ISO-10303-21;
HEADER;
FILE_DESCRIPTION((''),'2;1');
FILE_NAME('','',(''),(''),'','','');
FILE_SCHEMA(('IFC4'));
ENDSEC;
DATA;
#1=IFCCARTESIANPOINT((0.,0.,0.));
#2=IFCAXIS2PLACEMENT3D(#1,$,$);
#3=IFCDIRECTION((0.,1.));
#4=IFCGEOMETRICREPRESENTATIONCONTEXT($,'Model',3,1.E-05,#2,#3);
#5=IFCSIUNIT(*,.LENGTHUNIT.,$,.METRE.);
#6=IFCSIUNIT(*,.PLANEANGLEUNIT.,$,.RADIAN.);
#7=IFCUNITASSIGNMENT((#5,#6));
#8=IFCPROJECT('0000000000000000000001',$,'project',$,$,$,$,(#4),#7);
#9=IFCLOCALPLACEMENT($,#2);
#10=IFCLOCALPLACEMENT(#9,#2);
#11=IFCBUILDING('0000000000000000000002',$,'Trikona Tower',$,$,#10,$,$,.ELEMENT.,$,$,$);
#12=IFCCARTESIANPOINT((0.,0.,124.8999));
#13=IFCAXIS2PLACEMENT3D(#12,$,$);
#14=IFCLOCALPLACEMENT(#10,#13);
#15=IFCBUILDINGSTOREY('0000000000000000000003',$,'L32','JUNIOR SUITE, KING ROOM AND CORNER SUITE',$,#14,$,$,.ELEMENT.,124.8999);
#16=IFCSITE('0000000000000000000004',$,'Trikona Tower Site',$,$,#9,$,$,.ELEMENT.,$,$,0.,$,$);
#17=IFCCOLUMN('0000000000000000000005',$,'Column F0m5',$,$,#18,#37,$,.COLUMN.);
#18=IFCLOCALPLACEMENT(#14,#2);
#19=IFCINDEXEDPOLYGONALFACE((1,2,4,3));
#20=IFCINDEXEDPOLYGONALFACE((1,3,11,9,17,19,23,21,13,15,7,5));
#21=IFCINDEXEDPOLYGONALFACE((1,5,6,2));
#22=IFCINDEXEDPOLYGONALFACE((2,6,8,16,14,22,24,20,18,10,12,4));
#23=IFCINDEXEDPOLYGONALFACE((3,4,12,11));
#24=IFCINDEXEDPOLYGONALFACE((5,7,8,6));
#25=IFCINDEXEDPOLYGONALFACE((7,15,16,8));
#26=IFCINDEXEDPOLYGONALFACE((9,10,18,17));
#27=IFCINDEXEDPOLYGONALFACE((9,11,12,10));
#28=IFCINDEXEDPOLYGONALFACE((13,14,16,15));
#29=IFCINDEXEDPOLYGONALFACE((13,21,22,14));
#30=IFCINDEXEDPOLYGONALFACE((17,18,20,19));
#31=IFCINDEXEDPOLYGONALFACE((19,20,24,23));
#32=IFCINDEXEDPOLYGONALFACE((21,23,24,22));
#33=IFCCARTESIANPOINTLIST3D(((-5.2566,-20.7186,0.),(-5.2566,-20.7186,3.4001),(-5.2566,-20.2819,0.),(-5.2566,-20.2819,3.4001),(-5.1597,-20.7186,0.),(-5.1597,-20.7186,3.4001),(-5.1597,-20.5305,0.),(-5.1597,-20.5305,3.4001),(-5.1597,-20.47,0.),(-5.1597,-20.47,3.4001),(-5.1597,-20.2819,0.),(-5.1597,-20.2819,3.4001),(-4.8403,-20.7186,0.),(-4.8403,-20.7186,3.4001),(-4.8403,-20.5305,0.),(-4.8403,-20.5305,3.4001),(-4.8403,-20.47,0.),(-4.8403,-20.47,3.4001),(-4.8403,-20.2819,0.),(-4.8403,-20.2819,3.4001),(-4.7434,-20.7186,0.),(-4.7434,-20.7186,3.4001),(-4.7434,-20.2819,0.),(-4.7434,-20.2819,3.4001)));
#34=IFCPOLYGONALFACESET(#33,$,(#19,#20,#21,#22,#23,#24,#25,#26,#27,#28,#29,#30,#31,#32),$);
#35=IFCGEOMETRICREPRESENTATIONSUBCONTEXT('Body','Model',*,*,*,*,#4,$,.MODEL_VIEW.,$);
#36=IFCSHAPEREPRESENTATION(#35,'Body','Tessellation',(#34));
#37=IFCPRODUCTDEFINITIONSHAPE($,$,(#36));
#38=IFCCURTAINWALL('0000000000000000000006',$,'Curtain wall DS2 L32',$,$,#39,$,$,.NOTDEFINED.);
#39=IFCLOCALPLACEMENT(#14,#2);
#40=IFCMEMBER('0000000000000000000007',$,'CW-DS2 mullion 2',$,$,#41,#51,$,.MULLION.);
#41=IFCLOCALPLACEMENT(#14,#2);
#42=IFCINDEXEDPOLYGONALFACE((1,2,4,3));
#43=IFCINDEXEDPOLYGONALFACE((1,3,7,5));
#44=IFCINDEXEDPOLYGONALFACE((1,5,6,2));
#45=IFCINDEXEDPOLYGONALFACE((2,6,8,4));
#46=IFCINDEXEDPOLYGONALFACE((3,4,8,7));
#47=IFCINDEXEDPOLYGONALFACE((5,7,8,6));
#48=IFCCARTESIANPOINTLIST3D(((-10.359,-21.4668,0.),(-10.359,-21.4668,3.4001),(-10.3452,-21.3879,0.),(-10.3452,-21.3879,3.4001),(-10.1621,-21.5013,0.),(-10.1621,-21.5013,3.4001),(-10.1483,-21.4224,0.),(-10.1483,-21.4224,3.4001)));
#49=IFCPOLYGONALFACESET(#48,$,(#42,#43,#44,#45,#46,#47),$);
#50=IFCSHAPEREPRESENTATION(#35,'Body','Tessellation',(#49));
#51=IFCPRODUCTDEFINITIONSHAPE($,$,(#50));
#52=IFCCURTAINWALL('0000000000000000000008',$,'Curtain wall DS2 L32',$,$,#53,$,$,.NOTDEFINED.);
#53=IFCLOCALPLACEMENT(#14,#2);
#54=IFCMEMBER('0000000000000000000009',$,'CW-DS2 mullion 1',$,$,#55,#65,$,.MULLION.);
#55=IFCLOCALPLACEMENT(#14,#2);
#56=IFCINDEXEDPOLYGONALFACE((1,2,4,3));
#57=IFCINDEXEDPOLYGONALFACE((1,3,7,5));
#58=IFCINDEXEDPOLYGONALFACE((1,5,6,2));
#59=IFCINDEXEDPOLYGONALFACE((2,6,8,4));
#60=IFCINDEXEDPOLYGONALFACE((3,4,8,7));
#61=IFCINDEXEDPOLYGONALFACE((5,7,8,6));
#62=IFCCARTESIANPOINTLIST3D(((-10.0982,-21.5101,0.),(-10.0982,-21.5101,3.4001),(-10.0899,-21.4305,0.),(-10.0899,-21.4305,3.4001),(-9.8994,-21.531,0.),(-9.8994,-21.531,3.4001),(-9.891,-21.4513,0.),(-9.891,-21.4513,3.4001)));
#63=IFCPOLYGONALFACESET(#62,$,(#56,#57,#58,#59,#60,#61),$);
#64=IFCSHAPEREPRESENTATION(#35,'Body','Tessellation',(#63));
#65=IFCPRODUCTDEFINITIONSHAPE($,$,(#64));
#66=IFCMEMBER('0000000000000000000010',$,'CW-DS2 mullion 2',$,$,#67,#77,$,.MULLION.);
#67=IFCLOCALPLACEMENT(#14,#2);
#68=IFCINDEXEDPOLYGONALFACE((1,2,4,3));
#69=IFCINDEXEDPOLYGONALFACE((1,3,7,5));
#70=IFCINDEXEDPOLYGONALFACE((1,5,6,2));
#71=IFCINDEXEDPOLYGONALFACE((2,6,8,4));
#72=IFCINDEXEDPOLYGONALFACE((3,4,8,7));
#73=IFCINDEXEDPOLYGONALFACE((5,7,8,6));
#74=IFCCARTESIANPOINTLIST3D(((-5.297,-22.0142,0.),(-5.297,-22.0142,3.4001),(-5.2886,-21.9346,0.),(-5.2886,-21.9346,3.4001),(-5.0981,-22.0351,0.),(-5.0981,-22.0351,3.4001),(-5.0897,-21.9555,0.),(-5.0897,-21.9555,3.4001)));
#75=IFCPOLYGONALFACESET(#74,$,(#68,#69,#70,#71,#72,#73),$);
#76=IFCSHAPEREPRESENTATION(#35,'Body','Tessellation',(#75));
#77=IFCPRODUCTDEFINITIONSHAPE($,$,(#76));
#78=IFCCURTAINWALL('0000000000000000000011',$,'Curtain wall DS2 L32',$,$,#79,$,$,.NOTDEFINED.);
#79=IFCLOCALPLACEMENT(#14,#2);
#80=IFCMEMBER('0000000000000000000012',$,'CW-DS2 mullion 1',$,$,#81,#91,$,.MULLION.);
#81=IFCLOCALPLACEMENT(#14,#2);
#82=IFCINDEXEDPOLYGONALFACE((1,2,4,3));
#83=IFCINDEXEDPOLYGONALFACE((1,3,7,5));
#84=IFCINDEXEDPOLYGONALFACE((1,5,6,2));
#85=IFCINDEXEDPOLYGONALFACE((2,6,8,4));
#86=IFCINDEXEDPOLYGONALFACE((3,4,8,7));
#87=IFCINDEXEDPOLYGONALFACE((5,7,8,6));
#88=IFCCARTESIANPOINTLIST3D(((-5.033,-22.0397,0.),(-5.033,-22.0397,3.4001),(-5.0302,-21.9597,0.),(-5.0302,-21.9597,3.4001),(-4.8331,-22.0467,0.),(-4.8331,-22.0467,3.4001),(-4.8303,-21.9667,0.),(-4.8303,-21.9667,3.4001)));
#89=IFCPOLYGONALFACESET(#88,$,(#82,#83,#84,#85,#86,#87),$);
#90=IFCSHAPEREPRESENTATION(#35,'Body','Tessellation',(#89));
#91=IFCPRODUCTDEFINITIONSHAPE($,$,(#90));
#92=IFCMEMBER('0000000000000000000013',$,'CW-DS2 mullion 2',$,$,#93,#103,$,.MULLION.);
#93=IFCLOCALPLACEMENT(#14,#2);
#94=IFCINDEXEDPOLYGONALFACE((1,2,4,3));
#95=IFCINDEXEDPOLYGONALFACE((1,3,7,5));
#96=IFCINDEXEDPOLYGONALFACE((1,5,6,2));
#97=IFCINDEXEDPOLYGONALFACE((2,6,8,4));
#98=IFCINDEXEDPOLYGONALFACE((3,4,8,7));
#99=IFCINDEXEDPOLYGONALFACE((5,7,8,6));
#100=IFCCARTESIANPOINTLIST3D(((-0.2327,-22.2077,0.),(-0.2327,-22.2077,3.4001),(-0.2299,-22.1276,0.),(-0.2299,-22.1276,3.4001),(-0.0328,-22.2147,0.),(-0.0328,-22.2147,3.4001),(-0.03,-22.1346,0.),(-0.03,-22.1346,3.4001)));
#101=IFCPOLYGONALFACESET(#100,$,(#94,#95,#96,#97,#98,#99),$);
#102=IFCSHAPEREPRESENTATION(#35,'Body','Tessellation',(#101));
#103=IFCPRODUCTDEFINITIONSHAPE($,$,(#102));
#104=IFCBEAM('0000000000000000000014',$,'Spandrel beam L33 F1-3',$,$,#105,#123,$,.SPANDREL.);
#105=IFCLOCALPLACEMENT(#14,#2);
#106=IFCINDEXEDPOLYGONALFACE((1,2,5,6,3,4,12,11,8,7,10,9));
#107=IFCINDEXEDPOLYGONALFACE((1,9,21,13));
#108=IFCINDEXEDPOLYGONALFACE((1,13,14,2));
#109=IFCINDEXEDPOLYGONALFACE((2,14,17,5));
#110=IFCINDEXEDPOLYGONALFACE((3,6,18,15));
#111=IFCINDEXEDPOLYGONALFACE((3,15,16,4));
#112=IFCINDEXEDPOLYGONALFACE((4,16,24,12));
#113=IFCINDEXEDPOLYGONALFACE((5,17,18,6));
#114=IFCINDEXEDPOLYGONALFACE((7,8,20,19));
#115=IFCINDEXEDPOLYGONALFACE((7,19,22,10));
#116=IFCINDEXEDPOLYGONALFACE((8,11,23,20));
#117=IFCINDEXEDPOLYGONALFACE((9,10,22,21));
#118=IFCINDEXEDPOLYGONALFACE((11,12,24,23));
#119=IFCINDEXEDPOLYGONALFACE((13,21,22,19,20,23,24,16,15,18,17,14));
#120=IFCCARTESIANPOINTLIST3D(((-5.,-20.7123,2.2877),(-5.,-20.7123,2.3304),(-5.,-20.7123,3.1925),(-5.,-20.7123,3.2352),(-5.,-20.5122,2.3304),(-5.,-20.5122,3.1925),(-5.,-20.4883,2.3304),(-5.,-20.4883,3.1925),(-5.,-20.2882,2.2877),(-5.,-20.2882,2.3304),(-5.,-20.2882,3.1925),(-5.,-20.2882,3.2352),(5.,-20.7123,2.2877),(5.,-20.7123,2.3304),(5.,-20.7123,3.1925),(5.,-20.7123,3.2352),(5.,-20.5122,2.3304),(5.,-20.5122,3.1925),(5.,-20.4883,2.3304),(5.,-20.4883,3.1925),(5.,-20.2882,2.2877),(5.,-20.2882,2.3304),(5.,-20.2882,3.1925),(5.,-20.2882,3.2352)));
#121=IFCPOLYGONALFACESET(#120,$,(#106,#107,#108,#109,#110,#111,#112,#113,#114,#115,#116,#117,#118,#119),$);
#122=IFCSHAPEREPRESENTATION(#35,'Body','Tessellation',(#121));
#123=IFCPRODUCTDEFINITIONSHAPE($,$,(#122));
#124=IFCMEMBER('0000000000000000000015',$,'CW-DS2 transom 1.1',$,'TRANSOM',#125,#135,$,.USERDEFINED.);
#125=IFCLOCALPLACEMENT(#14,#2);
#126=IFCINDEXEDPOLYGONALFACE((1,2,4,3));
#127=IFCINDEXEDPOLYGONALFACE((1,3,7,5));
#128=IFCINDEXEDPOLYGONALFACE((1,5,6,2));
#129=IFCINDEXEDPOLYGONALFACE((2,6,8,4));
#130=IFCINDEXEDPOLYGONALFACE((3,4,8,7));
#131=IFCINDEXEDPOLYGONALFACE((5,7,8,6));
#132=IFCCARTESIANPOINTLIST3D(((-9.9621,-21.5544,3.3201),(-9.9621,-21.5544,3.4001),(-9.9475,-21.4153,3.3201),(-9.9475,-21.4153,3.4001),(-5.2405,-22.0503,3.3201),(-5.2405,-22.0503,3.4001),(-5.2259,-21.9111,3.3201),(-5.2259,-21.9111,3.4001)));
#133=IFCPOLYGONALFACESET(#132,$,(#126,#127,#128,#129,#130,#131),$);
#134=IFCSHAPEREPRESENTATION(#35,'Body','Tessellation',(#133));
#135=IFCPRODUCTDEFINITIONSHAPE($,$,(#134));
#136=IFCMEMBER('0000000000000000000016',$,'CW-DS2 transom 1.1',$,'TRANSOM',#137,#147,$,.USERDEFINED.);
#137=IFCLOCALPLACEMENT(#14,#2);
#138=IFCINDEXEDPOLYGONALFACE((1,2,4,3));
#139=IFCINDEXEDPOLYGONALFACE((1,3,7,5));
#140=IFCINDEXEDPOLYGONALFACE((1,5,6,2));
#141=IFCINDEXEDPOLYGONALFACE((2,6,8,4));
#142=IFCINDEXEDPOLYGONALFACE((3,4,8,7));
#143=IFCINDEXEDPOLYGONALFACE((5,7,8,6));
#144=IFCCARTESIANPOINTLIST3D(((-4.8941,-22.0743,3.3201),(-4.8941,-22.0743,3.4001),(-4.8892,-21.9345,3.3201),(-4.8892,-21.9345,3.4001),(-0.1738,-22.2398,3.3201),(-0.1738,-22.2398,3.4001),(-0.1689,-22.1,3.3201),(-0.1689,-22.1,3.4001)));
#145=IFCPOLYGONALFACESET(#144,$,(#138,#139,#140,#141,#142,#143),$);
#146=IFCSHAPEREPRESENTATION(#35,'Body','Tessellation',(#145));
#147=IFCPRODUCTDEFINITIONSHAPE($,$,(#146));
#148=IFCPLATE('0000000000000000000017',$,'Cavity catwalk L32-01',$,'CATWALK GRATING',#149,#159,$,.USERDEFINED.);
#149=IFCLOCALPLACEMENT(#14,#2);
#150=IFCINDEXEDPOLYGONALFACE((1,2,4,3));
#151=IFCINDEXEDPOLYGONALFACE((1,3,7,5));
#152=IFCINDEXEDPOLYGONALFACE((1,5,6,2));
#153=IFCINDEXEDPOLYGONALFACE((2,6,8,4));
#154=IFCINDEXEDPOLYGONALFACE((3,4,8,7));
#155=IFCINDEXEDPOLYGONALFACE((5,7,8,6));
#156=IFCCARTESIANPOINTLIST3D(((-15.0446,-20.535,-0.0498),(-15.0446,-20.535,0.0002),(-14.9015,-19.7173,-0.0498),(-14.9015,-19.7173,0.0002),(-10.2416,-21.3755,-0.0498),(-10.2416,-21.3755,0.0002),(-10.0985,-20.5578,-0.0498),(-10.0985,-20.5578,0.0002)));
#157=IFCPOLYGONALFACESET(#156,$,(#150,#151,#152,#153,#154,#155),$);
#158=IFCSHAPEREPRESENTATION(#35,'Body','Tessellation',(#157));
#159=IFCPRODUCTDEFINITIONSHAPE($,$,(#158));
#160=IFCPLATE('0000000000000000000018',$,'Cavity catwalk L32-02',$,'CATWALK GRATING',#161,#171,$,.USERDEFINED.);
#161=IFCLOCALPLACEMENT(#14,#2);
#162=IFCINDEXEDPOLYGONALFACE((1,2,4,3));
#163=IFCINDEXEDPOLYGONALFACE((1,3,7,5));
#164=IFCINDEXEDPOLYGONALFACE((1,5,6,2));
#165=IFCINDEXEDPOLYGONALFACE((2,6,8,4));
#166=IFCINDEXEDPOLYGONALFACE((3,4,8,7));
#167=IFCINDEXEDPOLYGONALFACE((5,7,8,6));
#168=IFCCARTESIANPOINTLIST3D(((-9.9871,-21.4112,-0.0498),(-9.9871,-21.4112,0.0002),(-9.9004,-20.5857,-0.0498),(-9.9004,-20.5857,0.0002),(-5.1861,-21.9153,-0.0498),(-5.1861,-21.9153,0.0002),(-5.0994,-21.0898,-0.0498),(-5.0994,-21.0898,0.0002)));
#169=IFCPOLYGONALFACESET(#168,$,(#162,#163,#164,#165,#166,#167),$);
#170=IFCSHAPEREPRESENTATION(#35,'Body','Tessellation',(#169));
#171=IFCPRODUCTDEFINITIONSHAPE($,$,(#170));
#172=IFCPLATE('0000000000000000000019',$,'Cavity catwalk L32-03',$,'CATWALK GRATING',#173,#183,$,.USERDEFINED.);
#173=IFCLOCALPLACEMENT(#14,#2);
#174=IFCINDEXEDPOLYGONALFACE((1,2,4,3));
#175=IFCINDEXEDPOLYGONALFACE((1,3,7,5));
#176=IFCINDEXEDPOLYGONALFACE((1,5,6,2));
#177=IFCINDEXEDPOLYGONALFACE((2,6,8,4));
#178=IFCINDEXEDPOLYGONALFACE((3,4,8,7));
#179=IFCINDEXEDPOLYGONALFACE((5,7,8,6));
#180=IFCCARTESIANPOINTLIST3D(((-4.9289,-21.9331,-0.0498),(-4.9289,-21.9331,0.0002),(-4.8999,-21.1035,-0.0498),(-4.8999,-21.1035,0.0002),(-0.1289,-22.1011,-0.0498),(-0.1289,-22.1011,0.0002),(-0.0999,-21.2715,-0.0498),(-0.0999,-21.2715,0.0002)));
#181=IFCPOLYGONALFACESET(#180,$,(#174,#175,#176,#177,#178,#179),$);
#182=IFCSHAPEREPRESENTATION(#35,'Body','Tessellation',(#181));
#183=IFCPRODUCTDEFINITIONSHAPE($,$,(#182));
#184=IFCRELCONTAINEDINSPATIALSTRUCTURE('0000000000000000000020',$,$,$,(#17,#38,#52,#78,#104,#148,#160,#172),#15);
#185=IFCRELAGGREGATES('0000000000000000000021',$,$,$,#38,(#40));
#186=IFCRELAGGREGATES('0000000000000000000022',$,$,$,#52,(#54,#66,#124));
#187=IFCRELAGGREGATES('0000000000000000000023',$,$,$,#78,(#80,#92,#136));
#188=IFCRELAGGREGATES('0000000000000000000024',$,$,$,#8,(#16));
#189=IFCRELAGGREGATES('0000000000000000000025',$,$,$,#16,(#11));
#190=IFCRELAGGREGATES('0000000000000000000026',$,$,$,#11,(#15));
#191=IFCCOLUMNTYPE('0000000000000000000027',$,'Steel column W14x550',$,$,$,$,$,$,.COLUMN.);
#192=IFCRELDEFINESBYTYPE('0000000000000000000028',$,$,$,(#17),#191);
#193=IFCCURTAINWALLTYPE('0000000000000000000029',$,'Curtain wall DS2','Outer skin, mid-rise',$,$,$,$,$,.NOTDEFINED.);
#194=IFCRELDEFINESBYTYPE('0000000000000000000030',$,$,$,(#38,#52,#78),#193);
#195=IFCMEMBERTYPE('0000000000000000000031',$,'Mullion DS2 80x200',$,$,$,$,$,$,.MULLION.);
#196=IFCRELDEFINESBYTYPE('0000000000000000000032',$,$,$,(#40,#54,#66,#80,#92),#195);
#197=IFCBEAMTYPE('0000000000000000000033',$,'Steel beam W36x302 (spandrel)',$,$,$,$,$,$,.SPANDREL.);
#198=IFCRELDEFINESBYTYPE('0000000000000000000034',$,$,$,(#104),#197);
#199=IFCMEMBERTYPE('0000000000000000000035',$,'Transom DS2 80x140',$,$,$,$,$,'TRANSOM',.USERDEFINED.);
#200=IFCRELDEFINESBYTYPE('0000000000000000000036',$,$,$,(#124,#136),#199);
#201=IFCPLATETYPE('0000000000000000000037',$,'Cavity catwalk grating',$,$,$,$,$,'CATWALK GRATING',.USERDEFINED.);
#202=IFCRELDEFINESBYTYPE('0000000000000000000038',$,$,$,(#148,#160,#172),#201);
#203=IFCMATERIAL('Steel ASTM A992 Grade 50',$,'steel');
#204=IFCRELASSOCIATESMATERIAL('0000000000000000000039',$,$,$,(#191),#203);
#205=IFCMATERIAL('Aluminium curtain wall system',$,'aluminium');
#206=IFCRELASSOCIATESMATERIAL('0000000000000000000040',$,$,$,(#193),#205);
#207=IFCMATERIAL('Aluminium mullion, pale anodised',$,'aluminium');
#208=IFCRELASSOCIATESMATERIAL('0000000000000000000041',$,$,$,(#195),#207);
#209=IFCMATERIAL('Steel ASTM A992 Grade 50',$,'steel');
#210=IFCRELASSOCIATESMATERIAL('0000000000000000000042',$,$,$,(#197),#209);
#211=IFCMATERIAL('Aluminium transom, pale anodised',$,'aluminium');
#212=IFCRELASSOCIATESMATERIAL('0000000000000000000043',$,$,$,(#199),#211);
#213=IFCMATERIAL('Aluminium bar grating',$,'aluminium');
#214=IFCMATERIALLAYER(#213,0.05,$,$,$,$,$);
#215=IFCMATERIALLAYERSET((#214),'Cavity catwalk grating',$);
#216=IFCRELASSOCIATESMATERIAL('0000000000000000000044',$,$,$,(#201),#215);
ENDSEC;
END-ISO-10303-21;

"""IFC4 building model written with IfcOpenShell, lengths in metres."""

from ifc_helpers import new_model, si_unit, direction, frame, origin, origin_2d, place, context, subcontext, project, spatial, rectangle, i_section, extrude, material, layer, layer_set, material_profile, profile_set, type_object, element, aggregate, save


model = new_model("IFC4")

# Units and contexts
model_context = context("Model", 3, precision=1e-05, world=origin(), true_north=direction((0.0, 1.0)))
body_context = subcontext(model_context, "Body", "Model", "MODEL_VIEW")
ifc_project = project(units=[si_unit("LENGTHUNIT", "METRE"), si_unit("PLANEANGLEUNIT", "RADIAN")], contexts=[model_context])

# Site, building, storey
site_placement = place(None, origin())
site = spatial("IfcSite", under=ifc_project, at=site_placement, Name="Trikona Tower Site", CompositionType="ELEMENT", RefElevation=0.0)
building_placement = place(site_placement, origin())
building = spatial("IfcBuilding", under=site, at=building_placement, Name="Trikona Tower", CompositionType="ELEMENT")
storey_placement = place(building_placement, frame((0.0, 0.0, 124.8999)))
storey = spatial("IfcBuildingStorey", under=building, at=storey_placement, Name="L32", Description="JUNIOR SUITE, KING ROOM AND CORNER SUITE", CompositionType="ELEMENT", Elevation=124.8999)

# Column
ifc_material_1 = material(Name="Steel ASTM A992 Grade 50", Category="steel")
ifc_material_profile_1 = material_profile(ifc_material_1, i_section(OverallWidth=0.4368, OverallDepth=0.5132, WebThickness=0.0605, FlangeThickness=0.0969, at=origin_2d()), Name="W14X550")
ifc_profile_set_1 = profile_set([ifc_material_profile_1], Name="Steel ASTM A992 Grade 50")
column_type = type_object("IfcColumnType", Name="Steel column W14x550", PredefinedType="COLUMN", material=ifc_profile_set_1)
column_placement = place(storey_placement, frame((-5.0, -20.5002, 0.0), z_axis=(0.0, 0.0, 1.0), x_axis=(0.0, -1.0, 0.0)))
element("IfcColumn", 1, at=column_placement, inside=storey, type_object=column_type, Name="Column F0m5", PredefinedType="COLUMN", context=body_context, shape_type="SweptSolid", body=[
    extrude(i_section(OverallWidth=0.4368, OverallDepth=0.5132, WebThickness=0.0605, FlangeThickness=0.0969, at=origin_2d()), origin(), (0.0, 0.0, 1.0), 3.4001),
])

# Curtain wall, member
ifc_material_2 = material(Name="Aluminium curtain wall system", Category="aluminium")
curtain_wall_type = type_object("IfcCurtainWallType", Name="Curtain wall DS2", Description="Outer skin, mid-rise", PredefinedType="NOTDEFINED", material=ifc_material_2)
curtain_wall_1_placement = place(storey_placement, origin())
curtain_wall_1 = element("IfcCurtainWall", 2, at=curtain_wall_1_placement, inside=storey, type_object=curtain_wall_type, Name="Curtain wall DS2 L32", PredefinedType="NOTDEFINED")
ifc_material_3 = material(Name="Aluminium mullion, pale anodised", Category="aluminium")
ifc_material_profile_2 = material_profile(ifc_material_3, rectangle(XDim=0.0801, YDim=0.2, at=origin_2d()), Name="MUL-DS2")
ifc_profile_set_2 = profile_set([ifc_material_profile_2], Name="Aluminium mullion, pale anodised")
member_type_1 = type_object("IfcMemberType", Name="Mullion DS2 80x200", PredefinedType="MULLION", material=ifc_profile_set_2)
member_1_placement = place(storey_placement, frame((-10.2537, -21.4446, 0.0), z_axis=(0.0, 0.0, 1.0), x_axis=(0.172377, 0.985031, 0.0)))
member_1 = element("IfcMember", 3, at=member_1_placement, type_object=member_type_1, Name="CW-DS2 mullion 2", PredefinedType="MULLION", context=body_context, shape_type="SweptSolid", body=[
    extrude(rectangle(XDim=0.0801, YDim=0.2, at=origin_2d()), origin(), (0.0, 0.0, 1.0), 3.4001),
])

# Curtain walls, members
curtain_wall_2_placement = place(storey_placement, origin())
curtain_wall_2 = element("IfcCurtainWall", 4, at=curtain_wall_2_placement, inside=storey, type_object=curtain_wall_type, Name="Curtain wall DS2 L32", PredefinedType="NOTDEFINED")
member_2_placement = place(storey_placement, frame((-9.9946, -21.4807, 0.0), z_axis=(0.0, 0.0, 1.0), x_axis=(0.104433, 0.994532, 0.0)))
member_2 = element("IfcMember", 5, at=member_2_placement, type_object=member_type_1, Name="CW-DS2 mullion 1", PredefinedType="MULLION", context=body_context, shape_type="SweptSolid", body=[
    extrude(rectangle(XDim=0.0801, YDim=0.2, at=origin_2d()), origin(), (0.0, 0.0, 1.0), 3.4001),
])
member_3_placement = place(storey_placement, frame((-5.1934, -21.9849, 0.0), z_axis=(0.0, 0.0, 1.0), x_axis=(0.104433, 0.994532, 0.0)))
member_3 = element("IfcMember", 6, at=member_3_placement, type_object=member_type_1, Name="CW-DS2 mullion 2", PredefinedType="MULLION", context=body_context, shape_type="SweptSolid", body=[
    extrude(rectangle(XDim=0.0801, YDim=0.2, at=origin_2d()), origin(), (0.0, 0.0, 1.0), 3.4001),
])
curtain_wall_3_placement = place(storey_placement, origin())
curtain_wall_3 = element("IfcCurtainWall", 7, at=curtain_wall_3_placement, inside=storey, type_object=curtain_wall_type, Name="Curtain wall DS2 L32", PredefinedType="NOTDEFINED")
member_4_placement = place(storey_placement, frame((-4.9316, -22.0032, 0.0), z_axis=(0.0, 0.0, 1.0), x_axis=(0.034998, 0.999387, 0.0)))
member_4 = element("IfcMember", 8, at=member_4_placement, type_object=member_type_1, Name="CW-DS2 mullion 1", PredefinedType="MULLION", context=body_context, shape_type="SweptSolid", body=[
    extrude(rectangle(XDim=0.0801, YDim=0.2, at=origin_2d()), origin(), (0.0, 0.0, 1.0), 3.4001),
])
member_5_placement = place(storey_placement, frame((-0.1313, -22.1711, 0.0), z_axis=(0.0, 0.0, 1.0), x_axis=(0.034998, 0.999387, 0.0)))
member_5 = element("IfcMember", 9, at=member_5_placement, type_object=member_type_1, Name="CW-DS2 mullion 2", PredefinedType="MULLION", context=body_context, shape_type="SweptSolid", body=[
    extrude(rectangle(XDim=0.0801, YDim=0.2, at=origin_2d()), origin(), (0.0, 0.0, 1.0), 3.4001),
])

# Beam
ifc_material_4 = material(Name="Steel ASTM A992 Grade 50", Category="steel")
ifc_material_profile_3 = material_profile(ifc_material_4, i_section(OverallWidth=0.4241, OverallDepth=0.9475, WebThickness=0.0239, FlangeThickness=0.0427, at=origin_2d()), Name="W36X302")
ifc_profile_set_3 = profile_set([ifc_material_profile_3], Name="Steel ASTM A992 Grade 50")
beam_type = type_object("IfcBeamType", Name="Steel beam W36x302 (spandrel)", PredefinedType="SPANDREL", material=ifc_profile_set_3)
beam_placement = place(storey_placement, frame((-5.0, -20.5002, 2.7615), z_axis=(1.0, 0.0, 0.0), x_axis=(0.0, 1.0, 0.0)))
element("IfcBeam", 10, at=beam_placement, inside=storey, type_object=beam_type, Name="Spandrel beam L33 F1-3", PredefinedType="SPANDREL", context=body_context, shape_type="SweptSolid", body=[
    extrude(i_section(OverallWidth=0.4241, OverallDepth=0.9475, WebThickness=0.0239, FlangeThickness=0.0427, at=origin_2d()), origin(), (0.0, 0.0, 1.0), 10.0),
])

# Members
ifc_material_5 = material(Name="Aluminium transom, pale anodised", Category="aluminium")
ifc_material_profile_4 = material_profile(ifc_material_5, rectangle(XDim=0.1399, YDim=0.0801, at=origin_2d()), Name="TRN-DS2")
ifc_profile_set_4 = profile_set([ifc_material_profile_4], Name="Aluminium transom, pale anodised")
member_type_2 = type_object("IfcMemberType", Name="Transom DS2 80x140", ElementType="TRANSOM", PredefinedType="USERDEFINED", material=ifc_profile_set_4)
member_6_placement = place(storey_placement, frame((-9.9548, -21.4849, 3.3601), z_axis=(0.994531, -0.104441, 0.0), x_axis=(0.104441, 0.994531, 0.0)))
member_6 = element("IfcMember", 11, at=member_6_placement, type_object=member_type_2, Name="CW-DS2 transom 1.1", ObjectType="TRANSOM", PredefinedType="USERDEFINED", context=body_context, shape_type="SweptSolid", body=[
    extrude(rectangle(XDim=0.1399, YDim=0.0801, at=origin_2d()), origin(), (0.0, 0.0, 1.0), 4.7476),
])
member_7_placement = place(storey_placement, frame((-4.8916, -22.0044, 3.3601), z_axis=(0.999386, -0.035046, 0.0), x_axis=(0.035046, 0.999386, 0.0)))
member_7 = element("IfcMember", 12, at=member_7_placement, type_object=member_type_2, Name="CW-DS2 transom 1.1", ObjectType="TRANSOM", PredefinedType="USERDEFINED", context=body_context, shape_type="SweptSolid", body=[
    extrude(rectangle(XDim=0.1399, YDim=0.0801, at=origin_2d()), origin(), (0.0, 0.0, 1.0), 4.7231),
])

# Plates
ifc_material_6 = material(Name="Aluminium bar grating", Category="aluminium")
ifc_layer_1 = layer(ifc_material_6, 0.05)
ifc_layer_set_1 = layer_set([ifc_layer_1], Name="Cavity catwalk grating")
plate_type_1 = type_object("IfcPlateType", Name="Cavity catwalk grating", ElementType="CATWALK GRATING", PredefinedType="USERDEFINED", material=ifc_layer_set_1)
plate_1_placement = place(storey_placement, frame((-12.5715, -20.5464, -0.0498), z_axis=(0.0, 0.0, 1.0), x_axis=(0.985031, -0.17238, 0.0)))
element("IfcPlate", 13, at=plate_1_placement, inside=storey, type_object=plate_type_1, Name="Cavity catwalk L32-01", ObjectType="CATWALK GRATING", PredefinedType="USERDEFINED", context=body_context, shape_type="SweptSolid", body=[
    extrude(rectangle(XDim=4.876, YDim=0.8301, at=origin_2d()), origin(), (0.0, 0.0, 1.0), 0.05),
])
plate_2_placement = place(storey_placement, frame((-7.5432, -21.2505, -0.0498), z_axis=(0.0, 0.0, 1.0), x_axis=(0.994533, -0.104426, 0.0)))
element("IfcPlate", 14, at=plate_2_placement, inside=storey, type_object=plate_type_1, Name="Cavity catwalk L32-02", ObjectType="CATWALK GRATING", PredefinedType="USERDEFINED", context=body_context, shape_type="SweptSolid", body=[
    extrude(rectangle(XDim=4.8274, YDim=0.8301, at=origin_2d()), origin(), (0.0, 0.0, 1.0), 0.05),
])
plate_3_placement = place(storey_placement, frame((-2.5144, -21.6023, -0.0498), z_axis=(0.0, 0.0, 1.0), x_axis=(0.999388, -0.034978, 0.0)))
element("IfcPlate", 15, at=plate_3_placement, inside=storey, type_object=plate_type_1, Name="Cavity catwalk L32-03", ObjectType="CATWALK GRATING", PredefinedType="USERDEFINED", context=body_context, shape_type="SweptSolid", body=[
    extrude(rectangle(XDim=4.803, YDim=0.8301, at=origin_2d()), origin(), (0.0, 0.0, 1.0), 0.05),
])

aggregate(curtain_wall_1, [member_1])
aggregate(curtain_wall_2, [member_2, member_3, member_6])
aggregate(curtain_wall_3, [member_4, member_5, member_7])

save(model, "model.ifc")
